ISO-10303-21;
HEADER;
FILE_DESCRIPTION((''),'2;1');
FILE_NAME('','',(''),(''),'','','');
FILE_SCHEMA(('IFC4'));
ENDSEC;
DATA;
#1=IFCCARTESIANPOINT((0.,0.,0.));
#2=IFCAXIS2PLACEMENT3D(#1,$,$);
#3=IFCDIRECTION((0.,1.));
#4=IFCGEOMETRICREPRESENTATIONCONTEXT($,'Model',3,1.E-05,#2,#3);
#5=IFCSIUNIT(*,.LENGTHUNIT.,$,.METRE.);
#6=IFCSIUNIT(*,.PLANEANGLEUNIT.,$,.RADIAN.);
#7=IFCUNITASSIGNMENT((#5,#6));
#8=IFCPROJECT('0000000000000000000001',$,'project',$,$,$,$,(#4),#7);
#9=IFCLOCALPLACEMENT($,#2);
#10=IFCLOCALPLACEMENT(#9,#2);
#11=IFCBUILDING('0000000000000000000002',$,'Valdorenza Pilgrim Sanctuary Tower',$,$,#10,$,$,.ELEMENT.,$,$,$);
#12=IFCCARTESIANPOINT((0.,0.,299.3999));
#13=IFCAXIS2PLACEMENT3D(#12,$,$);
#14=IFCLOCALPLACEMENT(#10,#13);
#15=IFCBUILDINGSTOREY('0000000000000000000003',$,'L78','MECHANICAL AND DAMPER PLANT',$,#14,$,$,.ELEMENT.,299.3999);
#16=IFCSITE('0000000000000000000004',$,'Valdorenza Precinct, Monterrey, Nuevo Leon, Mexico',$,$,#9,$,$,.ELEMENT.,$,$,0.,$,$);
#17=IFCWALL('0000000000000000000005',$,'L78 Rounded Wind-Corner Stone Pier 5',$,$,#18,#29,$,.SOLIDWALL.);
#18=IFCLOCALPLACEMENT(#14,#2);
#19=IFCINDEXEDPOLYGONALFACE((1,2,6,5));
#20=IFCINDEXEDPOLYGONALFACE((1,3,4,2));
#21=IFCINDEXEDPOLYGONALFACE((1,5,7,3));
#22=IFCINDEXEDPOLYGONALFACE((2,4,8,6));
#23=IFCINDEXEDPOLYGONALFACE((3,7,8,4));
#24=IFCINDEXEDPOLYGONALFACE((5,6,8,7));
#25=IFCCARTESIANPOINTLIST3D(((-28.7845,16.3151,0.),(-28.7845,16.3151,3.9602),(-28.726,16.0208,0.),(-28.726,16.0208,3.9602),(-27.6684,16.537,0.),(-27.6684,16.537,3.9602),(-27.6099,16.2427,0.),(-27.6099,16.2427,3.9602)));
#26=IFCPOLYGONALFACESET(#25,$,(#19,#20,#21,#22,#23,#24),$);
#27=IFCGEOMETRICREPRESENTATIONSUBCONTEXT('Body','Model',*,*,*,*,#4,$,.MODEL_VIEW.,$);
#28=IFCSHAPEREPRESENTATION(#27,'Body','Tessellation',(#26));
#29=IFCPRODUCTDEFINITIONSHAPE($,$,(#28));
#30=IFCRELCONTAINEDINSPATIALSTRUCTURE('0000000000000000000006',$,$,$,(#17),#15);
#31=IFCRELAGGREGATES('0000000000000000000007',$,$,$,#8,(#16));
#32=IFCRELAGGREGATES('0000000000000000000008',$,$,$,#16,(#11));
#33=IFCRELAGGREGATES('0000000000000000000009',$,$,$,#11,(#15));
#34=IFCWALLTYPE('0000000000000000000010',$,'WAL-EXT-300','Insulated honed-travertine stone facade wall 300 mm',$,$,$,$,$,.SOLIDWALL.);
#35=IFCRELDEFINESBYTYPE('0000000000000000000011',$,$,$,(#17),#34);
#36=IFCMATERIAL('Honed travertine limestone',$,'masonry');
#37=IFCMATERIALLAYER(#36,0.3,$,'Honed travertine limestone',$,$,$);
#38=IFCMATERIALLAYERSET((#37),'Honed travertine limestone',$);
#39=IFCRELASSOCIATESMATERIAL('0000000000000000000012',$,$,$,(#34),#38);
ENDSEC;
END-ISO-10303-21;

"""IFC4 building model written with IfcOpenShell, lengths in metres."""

from ifc_helpers import new_model, si_unit, direction, frame, frame_2d, origin, place, context, subcontext, project, spatial, rectangle, extrude, material, layer, layer_set, type_object, element, save


model = new_model("IFC4")

# Units and contexts
model_context = context("Model", 3, precision=1e-05, world=origin(), true_north=direction((0.0, 1.0)))
body_context = subcontext(model_context, "Body", "Model", "MODEL_VIEW")
ifc_project = project(units=[si_unit("LENGTHUNIT", "METRE"), si_unit("PLANEANGLEUNIT", "RADIAN")], contexts=[model_context])

# Site, building, storey
site_placement = place(None, origin())
site = spatial("IfcSite", under=ifc_project, at=site_placement, Name="Valdorenza Precinct, Monterrey, Nuevo Leon, Mexico", CompositionType="ELEMENT", RefElevation=0.0)
building_placement = place(site_placement, origin())
building = spatial("IfcBuilding", under=site, at=building_placement, Name="Valdorenza Pilgrim Sanctuary Tower", CompositionType="ELEMENT")
storey_placement = place(building_placement, frame((0.0, 0.0, 299.3999)))
storey = spatial("IfcBuildingStorey", under=building, at=storey_placement, Name="L78", Description="MECHANICAL AND DAMPER PLANT", CompositionType="ELEMENT", Elevation=299.3999)

# Wall
ifc_material_1 = material(Name="Honed travertine limestone", Category="masonry")
ifc_layer_1 = layer(ifc_material_1, 0.3, Name="Honed travertine limestone")
ifc_layer_set_1 = layer_set([ifc_layer_1], Name="Honed travertine limestone")
wall_type_1 = type_object("IfcWallType", Name="WAL-EXT-300", Description="Insulated honed-travertine stone facade wall 300 mm", PredefinedType="SOLIDWALL", material=ifc_layer_set_1)
wall_1_placement = place(storey_placement, frame((-28.7551, 16.168, 0.0), z_axis=(0.0, 0.0, 1.0), x_axis=(0.980795, 0.195043, 0.0)))
element("IfcWall", 1, at=wall_1_placement, inside=storey, type_object=wall_type_1, Name="L78 Rounded Wind-Corner Stone Pier 5", PredefinedType="SOLIDWALL", context=body_context, shape_type="SweptSolid", body=[
    extrude(rectangle(XDim=1.1379, YDim=0.3, at=frame_2d((0.5688, 0.0))), origin(), (0.0, 0.0, 1.0), 3.9602),
])

save(model, "model.ifc")
